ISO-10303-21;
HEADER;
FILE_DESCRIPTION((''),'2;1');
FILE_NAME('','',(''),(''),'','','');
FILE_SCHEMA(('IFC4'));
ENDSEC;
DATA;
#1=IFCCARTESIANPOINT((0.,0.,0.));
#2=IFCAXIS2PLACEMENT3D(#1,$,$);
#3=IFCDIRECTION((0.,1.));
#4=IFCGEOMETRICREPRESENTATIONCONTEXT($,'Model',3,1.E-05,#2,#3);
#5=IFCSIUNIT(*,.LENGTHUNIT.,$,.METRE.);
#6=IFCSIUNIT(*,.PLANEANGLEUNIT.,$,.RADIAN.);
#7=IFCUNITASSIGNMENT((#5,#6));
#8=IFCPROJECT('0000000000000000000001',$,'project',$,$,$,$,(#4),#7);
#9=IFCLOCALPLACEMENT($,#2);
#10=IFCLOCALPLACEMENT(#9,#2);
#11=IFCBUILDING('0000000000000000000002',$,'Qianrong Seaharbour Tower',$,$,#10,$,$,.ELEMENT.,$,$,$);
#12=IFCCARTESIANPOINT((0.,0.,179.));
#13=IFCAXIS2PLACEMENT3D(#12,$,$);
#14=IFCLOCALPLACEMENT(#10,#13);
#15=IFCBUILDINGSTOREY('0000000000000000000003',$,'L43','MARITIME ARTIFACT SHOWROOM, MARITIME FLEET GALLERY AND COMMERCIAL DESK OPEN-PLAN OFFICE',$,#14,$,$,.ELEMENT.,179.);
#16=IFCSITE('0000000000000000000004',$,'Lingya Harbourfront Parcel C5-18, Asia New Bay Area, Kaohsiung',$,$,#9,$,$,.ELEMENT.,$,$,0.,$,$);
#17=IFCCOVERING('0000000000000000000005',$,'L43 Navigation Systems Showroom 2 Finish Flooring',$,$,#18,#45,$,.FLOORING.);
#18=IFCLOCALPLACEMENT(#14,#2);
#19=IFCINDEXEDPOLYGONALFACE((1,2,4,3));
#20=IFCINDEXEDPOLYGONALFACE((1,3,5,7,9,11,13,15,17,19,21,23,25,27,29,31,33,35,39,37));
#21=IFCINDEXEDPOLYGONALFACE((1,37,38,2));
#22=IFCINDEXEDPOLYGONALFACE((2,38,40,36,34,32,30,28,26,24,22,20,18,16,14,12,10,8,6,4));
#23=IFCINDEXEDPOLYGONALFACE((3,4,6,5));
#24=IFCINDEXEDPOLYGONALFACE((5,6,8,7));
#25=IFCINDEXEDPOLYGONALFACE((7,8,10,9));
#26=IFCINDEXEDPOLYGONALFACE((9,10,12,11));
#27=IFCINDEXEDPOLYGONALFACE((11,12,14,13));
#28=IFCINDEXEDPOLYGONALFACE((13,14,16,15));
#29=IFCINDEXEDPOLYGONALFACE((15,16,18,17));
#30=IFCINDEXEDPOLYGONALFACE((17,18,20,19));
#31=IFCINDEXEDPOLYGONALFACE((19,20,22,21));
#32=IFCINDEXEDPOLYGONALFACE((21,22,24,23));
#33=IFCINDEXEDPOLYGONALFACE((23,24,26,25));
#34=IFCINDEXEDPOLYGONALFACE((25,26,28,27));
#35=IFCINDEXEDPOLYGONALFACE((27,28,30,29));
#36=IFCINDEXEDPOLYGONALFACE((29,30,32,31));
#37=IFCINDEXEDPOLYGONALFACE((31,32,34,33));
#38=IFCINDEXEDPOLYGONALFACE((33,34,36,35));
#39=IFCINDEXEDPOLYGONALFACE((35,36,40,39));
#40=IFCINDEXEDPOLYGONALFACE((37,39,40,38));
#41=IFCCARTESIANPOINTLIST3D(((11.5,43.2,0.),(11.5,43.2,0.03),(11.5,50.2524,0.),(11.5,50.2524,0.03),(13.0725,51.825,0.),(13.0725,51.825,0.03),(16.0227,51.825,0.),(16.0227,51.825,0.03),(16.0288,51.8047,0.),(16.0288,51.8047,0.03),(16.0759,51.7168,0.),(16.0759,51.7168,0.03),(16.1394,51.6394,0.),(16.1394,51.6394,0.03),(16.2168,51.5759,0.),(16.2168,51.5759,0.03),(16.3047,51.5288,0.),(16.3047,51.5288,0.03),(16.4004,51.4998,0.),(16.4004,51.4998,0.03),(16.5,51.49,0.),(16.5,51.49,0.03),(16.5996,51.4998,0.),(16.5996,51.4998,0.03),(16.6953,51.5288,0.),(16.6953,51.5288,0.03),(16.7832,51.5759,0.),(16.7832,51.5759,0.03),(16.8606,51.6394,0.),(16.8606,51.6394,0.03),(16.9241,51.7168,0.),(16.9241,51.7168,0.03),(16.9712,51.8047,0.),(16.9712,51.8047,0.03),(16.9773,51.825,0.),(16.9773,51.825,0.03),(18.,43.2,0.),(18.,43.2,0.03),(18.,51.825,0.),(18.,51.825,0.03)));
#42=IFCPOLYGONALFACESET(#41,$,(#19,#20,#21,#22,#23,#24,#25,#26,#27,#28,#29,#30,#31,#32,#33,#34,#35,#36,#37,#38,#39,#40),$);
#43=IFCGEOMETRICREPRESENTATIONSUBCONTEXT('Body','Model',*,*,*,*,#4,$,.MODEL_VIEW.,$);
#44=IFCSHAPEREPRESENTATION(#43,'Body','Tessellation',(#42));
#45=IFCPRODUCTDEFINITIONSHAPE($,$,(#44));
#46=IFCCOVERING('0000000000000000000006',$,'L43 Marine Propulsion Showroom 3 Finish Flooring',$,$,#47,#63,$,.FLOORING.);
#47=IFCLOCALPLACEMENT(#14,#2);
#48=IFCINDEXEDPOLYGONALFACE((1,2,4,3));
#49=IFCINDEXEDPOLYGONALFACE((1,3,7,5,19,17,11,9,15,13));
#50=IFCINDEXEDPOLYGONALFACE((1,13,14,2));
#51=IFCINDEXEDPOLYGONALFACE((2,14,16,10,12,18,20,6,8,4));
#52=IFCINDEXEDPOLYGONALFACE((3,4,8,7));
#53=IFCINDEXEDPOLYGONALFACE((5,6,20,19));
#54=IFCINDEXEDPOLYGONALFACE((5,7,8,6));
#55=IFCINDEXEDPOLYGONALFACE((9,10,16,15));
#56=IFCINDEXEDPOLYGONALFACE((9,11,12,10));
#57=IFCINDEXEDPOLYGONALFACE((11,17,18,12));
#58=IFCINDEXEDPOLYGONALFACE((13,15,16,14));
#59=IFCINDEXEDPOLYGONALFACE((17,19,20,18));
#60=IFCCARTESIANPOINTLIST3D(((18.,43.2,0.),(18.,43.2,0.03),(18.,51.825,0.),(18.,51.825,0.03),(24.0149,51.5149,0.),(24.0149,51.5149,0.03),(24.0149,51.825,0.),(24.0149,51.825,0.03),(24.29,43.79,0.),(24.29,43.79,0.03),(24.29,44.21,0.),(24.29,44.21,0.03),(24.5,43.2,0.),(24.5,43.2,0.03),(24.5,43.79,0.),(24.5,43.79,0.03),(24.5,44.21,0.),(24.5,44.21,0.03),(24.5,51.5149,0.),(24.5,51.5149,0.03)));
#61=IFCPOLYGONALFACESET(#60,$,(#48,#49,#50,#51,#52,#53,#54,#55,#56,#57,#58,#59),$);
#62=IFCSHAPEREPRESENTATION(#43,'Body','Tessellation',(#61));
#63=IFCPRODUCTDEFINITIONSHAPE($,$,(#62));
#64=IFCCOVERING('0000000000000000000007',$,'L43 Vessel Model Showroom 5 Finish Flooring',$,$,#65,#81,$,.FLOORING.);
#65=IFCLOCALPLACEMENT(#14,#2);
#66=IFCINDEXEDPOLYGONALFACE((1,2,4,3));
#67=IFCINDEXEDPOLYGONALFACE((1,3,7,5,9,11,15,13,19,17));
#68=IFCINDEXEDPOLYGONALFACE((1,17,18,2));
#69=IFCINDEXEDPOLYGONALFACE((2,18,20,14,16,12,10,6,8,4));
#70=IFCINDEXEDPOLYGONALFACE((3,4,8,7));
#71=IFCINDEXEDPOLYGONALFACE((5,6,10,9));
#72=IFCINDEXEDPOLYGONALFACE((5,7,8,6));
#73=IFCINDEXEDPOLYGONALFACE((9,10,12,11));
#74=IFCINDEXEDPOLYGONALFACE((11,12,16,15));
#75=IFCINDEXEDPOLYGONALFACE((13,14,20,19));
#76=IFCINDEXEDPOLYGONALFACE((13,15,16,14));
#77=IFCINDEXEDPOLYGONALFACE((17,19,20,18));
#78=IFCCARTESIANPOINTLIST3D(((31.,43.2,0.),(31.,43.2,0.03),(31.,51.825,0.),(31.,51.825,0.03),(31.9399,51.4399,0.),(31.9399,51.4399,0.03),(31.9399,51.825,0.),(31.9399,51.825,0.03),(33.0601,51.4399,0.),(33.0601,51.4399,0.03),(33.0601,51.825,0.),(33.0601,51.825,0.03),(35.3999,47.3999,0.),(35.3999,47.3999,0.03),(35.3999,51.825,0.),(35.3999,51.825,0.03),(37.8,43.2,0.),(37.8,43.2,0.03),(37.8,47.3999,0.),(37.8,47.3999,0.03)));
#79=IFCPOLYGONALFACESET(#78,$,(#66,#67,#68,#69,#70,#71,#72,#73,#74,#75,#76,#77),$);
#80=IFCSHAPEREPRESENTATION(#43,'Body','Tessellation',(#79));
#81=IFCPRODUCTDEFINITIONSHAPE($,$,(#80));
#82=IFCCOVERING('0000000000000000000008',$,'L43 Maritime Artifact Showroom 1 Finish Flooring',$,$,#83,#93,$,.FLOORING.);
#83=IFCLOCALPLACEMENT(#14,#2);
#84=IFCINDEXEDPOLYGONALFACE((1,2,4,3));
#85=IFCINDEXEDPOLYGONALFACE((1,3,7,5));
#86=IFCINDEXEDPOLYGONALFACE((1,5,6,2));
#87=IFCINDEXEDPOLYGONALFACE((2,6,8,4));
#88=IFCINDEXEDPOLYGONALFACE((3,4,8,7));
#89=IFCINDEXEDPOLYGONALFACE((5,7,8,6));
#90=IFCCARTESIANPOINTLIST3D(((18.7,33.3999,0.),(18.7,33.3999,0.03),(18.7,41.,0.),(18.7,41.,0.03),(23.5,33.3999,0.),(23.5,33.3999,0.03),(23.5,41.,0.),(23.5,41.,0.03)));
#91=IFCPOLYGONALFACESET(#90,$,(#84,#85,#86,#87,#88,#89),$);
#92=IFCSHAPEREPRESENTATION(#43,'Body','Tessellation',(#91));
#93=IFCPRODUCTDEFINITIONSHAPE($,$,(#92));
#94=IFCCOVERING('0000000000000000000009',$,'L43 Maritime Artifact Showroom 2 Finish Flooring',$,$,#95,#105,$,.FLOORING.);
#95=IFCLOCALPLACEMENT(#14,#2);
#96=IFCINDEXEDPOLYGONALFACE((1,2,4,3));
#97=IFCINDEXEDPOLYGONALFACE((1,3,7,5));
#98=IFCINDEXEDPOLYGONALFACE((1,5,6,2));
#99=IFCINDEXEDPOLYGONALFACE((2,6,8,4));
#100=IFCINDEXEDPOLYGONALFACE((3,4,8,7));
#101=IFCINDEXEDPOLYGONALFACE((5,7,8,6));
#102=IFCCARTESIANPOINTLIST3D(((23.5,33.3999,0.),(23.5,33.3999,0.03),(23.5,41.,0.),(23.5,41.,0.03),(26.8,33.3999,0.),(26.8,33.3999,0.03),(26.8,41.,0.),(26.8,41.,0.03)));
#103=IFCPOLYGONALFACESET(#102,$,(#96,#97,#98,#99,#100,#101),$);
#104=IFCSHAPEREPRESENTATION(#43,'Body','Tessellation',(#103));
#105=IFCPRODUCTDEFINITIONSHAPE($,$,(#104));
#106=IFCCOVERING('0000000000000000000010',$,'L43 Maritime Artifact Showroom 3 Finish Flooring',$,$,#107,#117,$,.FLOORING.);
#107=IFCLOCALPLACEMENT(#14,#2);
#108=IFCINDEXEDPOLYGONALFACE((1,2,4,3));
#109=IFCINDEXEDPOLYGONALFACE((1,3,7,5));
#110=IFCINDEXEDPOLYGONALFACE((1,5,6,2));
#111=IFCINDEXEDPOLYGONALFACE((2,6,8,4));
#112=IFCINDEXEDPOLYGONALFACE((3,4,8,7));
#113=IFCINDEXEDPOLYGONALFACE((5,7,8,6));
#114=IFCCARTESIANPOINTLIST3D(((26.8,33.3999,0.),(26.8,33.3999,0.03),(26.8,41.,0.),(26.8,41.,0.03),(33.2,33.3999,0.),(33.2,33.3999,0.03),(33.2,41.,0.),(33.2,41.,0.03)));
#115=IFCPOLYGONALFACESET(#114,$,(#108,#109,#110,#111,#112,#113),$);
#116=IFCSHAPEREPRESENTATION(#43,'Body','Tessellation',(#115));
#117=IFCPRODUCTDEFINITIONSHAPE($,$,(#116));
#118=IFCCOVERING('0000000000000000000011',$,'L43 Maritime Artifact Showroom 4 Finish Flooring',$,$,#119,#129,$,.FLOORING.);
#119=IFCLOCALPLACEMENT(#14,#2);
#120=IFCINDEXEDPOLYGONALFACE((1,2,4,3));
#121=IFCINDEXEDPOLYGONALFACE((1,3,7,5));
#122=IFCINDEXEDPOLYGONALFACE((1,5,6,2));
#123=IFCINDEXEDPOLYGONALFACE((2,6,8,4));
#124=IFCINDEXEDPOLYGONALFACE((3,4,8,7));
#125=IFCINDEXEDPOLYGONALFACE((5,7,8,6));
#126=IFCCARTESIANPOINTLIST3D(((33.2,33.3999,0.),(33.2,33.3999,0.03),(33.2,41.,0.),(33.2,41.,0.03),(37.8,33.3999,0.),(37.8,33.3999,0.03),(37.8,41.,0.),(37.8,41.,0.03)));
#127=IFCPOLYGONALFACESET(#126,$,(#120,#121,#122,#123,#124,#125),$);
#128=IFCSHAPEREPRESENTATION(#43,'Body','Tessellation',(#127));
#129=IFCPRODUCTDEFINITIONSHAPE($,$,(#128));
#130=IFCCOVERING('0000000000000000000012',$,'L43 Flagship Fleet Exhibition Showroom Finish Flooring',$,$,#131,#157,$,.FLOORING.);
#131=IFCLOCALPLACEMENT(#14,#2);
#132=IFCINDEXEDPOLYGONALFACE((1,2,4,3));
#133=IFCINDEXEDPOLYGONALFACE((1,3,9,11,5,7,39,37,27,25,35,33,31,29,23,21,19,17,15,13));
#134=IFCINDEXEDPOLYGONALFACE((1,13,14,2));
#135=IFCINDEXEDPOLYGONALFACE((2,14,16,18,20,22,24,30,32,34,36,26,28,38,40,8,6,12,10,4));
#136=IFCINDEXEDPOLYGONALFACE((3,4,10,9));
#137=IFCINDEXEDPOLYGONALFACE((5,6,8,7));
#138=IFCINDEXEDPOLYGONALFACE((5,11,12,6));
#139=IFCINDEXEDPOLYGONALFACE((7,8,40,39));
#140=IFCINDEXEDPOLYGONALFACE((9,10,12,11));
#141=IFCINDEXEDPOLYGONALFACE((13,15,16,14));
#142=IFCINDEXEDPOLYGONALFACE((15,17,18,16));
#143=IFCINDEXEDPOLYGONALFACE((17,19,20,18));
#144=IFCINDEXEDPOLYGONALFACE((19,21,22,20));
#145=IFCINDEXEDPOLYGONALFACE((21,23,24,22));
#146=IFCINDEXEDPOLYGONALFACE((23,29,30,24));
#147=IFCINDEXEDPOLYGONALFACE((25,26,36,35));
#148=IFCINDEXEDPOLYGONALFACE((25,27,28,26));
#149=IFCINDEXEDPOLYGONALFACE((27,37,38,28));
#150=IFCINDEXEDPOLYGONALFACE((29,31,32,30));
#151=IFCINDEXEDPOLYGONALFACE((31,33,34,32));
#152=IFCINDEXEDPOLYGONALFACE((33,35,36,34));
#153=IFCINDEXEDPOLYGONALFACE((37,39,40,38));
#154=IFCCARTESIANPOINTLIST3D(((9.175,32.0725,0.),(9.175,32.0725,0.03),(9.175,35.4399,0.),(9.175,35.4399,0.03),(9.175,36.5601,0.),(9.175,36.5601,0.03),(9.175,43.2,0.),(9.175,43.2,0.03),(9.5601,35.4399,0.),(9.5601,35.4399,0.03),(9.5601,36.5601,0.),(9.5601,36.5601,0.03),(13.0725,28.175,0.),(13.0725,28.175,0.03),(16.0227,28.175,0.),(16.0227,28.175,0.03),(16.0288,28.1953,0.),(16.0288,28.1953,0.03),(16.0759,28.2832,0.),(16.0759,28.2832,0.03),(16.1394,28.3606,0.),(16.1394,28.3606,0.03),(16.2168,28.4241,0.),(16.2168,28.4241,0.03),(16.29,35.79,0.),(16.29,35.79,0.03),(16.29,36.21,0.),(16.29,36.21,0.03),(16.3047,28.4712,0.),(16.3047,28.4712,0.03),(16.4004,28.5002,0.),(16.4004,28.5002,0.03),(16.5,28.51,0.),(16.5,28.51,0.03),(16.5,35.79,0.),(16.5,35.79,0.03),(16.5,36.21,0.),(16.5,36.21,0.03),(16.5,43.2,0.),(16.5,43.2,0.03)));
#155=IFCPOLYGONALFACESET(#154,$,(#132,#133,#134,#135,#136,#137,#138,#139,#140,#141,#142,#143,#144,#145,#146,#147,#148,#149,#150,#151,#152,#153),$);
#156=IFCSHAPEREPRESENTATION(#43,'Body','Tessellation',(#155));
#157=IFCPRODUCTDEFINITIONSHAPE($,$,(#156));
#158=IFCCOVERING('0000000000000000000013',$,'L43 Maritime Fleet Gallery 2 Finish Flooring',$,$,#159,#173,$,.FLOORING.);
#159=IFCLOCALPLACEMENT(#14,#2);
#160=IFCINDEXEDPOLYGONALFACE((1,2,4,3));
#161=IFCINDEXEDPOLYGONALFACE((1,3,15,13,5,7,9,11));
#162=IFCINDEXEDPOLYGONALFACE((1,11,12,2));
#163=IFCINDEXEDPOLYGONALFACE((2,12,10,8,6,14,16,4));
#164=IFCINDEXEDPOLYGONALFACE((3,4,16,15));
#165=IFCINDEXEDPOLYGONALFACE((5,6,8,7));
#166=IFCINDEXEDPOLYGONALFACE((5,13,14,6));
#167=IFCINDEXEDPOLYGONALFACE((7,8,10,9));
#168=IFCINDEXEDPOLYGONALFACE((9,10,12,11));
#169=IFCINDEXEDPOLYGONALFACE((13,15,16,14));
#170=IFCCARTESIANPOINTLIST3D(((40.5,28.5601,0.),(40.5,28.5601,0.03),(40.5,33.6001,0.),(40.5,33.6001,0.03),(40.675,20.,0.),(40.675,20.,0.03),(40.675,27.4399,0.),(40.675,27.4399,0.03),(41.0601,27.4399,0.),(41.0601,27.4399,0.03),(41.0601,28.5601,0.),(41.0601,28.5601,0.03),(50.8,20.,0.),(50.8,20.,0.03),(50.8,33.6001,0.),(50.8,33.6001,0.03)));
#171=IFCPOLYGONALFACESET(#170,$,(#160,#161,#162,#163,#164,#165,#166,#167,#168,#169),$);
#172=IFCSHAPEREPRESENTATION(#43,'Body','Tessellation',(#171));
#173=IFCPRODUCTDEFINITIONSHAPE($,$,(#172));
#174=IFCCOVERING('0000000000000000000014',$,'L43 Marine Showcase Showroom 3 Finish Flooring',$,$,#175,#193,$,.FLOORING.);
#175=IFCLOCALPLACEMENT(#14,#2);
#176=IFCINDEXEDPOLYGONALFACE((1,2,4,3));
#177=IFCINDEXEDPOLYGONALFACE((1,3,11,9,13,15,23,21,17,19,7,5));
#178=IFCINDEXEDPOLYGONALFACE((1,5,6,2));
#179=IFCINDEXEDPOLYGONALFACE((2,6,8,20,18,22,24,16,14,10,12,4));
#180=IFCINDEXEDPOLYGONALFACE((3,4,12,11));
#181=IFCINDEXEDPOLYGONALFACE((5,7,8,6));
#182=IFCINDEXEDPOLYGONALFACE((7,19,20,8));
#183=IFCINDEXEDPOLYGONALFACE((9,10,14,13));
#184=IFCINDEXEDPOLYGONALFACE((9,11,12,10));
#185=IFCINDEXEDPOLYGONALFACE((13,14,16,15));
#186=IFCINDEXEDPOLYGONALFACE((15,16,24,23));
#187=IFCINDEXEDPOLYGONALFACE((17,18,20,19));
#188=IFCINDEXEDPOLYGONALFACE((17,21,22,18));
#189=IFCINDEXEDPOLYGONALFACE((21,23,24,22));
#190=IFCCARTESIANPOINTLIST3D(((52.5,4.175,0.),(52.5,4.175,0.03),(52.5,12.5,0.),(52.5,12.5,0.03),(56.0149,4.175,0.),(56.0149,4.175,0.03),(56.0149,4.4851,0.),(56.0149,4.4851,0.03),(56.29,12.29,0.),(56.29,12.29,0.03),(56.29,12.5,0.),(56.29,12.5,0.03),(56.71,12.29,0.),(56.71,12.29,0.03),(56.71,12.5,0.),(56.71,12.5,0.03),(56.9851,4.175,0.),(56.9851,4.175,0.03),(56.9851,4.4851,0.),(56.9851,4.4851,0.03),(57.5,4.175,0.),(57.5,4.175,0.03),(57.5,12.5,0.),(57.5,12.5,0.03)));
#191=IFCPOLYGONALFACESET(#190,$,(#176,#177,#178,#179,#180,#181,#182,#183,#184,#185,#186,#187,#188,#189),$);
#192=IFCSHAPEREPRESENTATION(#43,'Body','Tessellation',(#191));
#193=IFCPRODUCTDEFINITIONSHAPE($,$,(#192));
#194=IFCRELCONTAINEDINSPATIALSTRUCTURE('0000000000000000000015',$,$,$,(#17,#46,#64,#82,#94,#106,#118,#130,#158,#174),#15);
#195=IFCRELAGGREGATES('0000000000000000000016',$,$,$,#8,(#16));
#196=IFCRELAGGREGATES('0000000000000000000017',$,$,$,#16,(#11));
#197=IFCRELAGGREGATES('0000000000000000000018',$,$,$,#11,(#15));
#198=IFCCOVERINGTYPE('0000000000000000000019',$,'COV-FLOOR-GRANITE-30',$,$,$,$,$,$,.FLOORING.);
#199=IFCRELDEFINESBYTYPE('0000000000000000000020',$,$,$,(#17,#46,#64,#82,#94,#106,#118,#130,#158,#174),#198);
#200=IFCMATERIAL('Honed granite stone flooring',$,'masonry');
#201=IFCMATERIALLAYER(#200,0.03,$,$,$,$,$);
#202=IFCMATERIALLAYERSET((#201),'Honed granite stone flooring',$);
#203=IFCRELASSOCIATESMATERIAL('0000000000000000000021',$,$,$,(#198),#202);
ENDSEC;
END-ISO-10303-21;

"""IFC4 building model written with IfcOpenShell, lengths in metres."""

from ifc_helpers import new_model, si_unit, direction, frame, origin, place, context, subcontext, project, spatial, polyline, outline, extrude, material, layer, layer_set, type_object, element, save


model = new_model("IFC4")

# Units and contexts
model_context = context("Model", 3, precision=1e-05, world=origin(), true_north=direction((0.0, 1.0)))
body_context = subcontext(model_context, "Body", "Model", "MODEL_VIEW")
ifc_project = project(units=[si_unit("LENGTHUNIT", "METRE"), si_unit("PLANEANGLEUNIT", "RADIAN")], contexts=[model_context])

# Site, building, storey
site_placement = place(None, origin())
site = spatial("IfcSite", under=ifc_project, at=site_placement, Name="Lingya Harbourfront Parcel C5-18, Asia New Bay Area, Kaohsiung", CompositionType="ELEMENT", RefElevation=0.0)
building_placement = place(site_placement, origin())
building = spatial("IfcBuilding", under=site, at=building_placement, Name="Qianrong Seaharbour Tower", CompositionType="ELEMENT")
storey_placement = place(building_placement, frame((0.0, 0.0, 179.0)))
storey = spatial("IfcBuildingStorey", under=building, at=storey_placement, Name="L43", Description="MARITIME ARTIFACT SHOWROOM, MARITIME FLEET GALLERY AND COMMERCIAL DESK OPEN-PLAN OFFICE", CompositionType="ELEMENT", Elevation=179.0)

# Coverings
ifc_material_1 = material(Name="Honed granite stone flooring", Category="masonry")
ifc_layer_1 = layer(ifc_material_1, 0.03)
ifc_layer_set_1 = layer_set([ifc_layer_1], Name="Honed granite stone flooring")
covering_type_1 = type_object("IfcCoveringType", Name="COV-FLOOR-GRANITE-30", PredefinedType="FLOORING", material=ifc_layer_set_1)
covering_1_placement = place(storey_placement, origin())
element("IfcCovering", 1, at=covering_1_placement, inside=storey, type_object=covering_type_1, Name="L43 Navigation Systems Showroom 2 Finish Flooring", PredefinedType="FLOORING", context=body_context, shape_type="SweptSolid", body=[
    extrude(outline(polyline([(11.5, 50.2524), (13.0725, 51.825), (16.0227, 51.825), (16.0288, 51.8047), (16.0759, 51.7168), (16.1394, 51.6394), (16.2168, 51.5759), (16.3047, 51.5288), (16.4004, 51.4998), (16.5, 51.49), (16.5996, 51.4998), (16.6953, 51.5288), (16.7832, 51.5759), (16.8606, 51.6394), (16.9241, 51.7168), (16.9712, 51.8047), (16.9773, 51.825), (18.0, 51.825), (18.0, 43.2), (11.5, 43.2), (11.5, 50.2524)])), origin(), (0.0, 0.0, 1.0), 0.03),
])
covering_2_placement = place(storey_placement, origin())
element("IfcCovering", 2, at=covering_2_placement, inside=storey, type_object=covering_type_1, Name="L43 Marine Propulsion Showroom 3 Finish Flooring", PredefinedType="FLOORING", context=body_context, shape_type="SweptSolid", body=[
    extrude(outline(polyline([(18.0, 51.825), (24.0149, 51.825), (24.0149, 51.5149), (24.5, 51.5149), (24.5, 44.21), (24.29, 44.21), (24.29, 43.79), (24.5, 43.79), (24.5, 43.2), (18.0, 43.2), (18.0, 51.825)])), origin(), (0.0, 0.0, 1.0), 0.03),
])
covering_3_placement = place(storey_placement, origin())
element("IfcCovering", 3, at=covering_3_placement, inside=storey, type_object=covering_type_1, Name="L43 Vessel Model Showroom 5 Finish Flooring", PredefinedType="FLOORING", context=body_context, shape_type="SweptSolid", body=[
    extrude(outline(polyline([(31.0, 51.825), (31.9399, 51.825), (31.9399, 51.4399), (33.0601, 51.4399), (33.0601, 51.825), (35.3999, 51.825), (35.3999, 47.3999), (37.8, 47.3999), (37.8, 43.2), (31.0, 43.2), (31.0, 51.825)])), origin(), (0.0, 0.0, 1.0), 0.03),
])
covering_4_placement = place(storey_placement, origin())
element("IfcCovering", 4, at=covering_4_placement, inside=storey, type_object=covering_type_1, Name="L43 Maritime Artifact Showroom 1 Finish Flooring", PredefinedType="FLOORING", context=body_context, shape_type="SweptSolid", body=[
    extrude(outline(polyline([(23.5, 41.0), (23.5, 33.3999), (18.7, 33.3999), (18.7, 41.0), (23.5, 41.0)])), origin(), (0.0, 0.0, 1.0), 0.03),
])
covering_5_placement = place(storey_placement, origin())
element("IfcCovering", 5, at=covering_5_placement, inside=storey, type_object=covering_type_1, Name="L43 Maritime Artifact Showroom 2 Finish Flooring", PredefinedType="FLOORING", context=body_context, shape_type="SweptSolid", body=[
    extrude(outline(polyline([(26.8, 41.0), (26.8, 33.3999), (23.5, 33.3999), (23.5, 41.0), (26.8, 41.0)])), origin(), (0.0, 0.0, 1.0), 0.03),
])
covering_6_placement = place(storey_placement, origin())
element("IfcCovering", 6, at=covering_6_placement, inside=storey, type_object=covering_type_1, Name="L43 Maritime Artifact Showroom 3 Finish Flooring", PredefinedType="FLOORING", context=body_context, shape_type="SweptSolid", body=[
    extrude(outline(polyline([(33.2, 41.0), (33.2, 33.3999), (26.8, 33.3999), (26.8, 41.0), (33.2, 41.0)])), origin(), (0.0, 0.0, 1.0), 0.03),
])
covering_7_placement = place(storey_placement, origin())
element("IfcCovering", 7, at=covering_7_placement, inside=storey, type_object=covering_type_1, Name="L43 Maritime Artifact Showroom 4 Finish Flooring", PredefinedType="FLOORING", context=body_context, shape_type="SweptSolid", body=[
    extrude(outline(polyline([(37.8, 41.0), (37.8, 33.3999), (33.2, 33.3999), (33.2, 41.0), (37.8, 41.0)])), origin(), (0.0, 0.0, 1.0), 0.03),
])
covering_8_placement = place(storey_placement, origin())
element("IfcCovering", 8, at=covering_8_placement, inside=storey, type_object=covering_type_1, Name="L43 Flagship Fleet Exhibition Showroom Finish Flooring", PredefinedType="FLOORING", context=body_context, shape_type="SweptSolid", body=[
    extrude(outline(polyline([(13.0725, 28.175), (9.175, 32.0725), (9.175, 35.4399), (9.5601, 35.4399), (9.5601, 36.5601), (9.175, 36.5601), (9.175, 43.2), (16.5, 43.2), (16.5, 36.21), (16.29, 36.21), (16.29, 35.79), (16.5, 35.79), (16.5, 28.51), (16.4004, 28.5002), (16.3047, 28.4712), (16.2168, 28.4241), (16.1394, 28.3606), (16.0759, 28.2832), (16.0288, 28.1953), (16.0227, 28.175), (13.0725, 28.175)])), origin(), (0.0, 0.0, 1.0), 0.03),
])
covering_9_placement = place(storey_placement, origin())
element("IfcCovering", 9, at=covering_9_placement, inside=storey, type_object=covering_type_1, Name="L43 Maritime Fleet Gallery 2 Finish Flooring", PredefinedType="FLOORING", context=body_context, shape_type="SweptSolid", body=[
    extrude(outline(polyline([(50.8, 20.0), (40.675, 20.0), (40.675, 27.4399), (41.0601, 27.4399), (41.0601, 28.5601), (40.5, 28.5601), (40.5, 33.6001), (50.8, 33.6001), (50.8, 20.0)])), origin(), (0.0, 0.0, 1.0), 0.03),
])
covering_10_placement = place(storey_placement, origin())
element("IfcCovering", 10, at=covering_10_placement, inside=storey, type_object=covering_type_1, Name="L43 Marine Showcase Showroom 3 Finish Flooring", PredefinedType="FLOORING", context=body_context, shape_type="SweptSolid", body=[
    extrude(outline(polyline([(57.5, 4.175), (56.9851, 4.175), (56.9851, 4.4851), (56.0149, 4.4851), (56.0149, 4.175), (52.5, 4.175), (52.5, 12.5), (56.29, 12.5), (56.29, 12.29), (56.71, 12.29), (56.71, 12.5), (57.5, 12.5), (57.5, 4.175)])), origin(), (0.0, 0.0, 1.0), 0.03),
])

save(model, "model.ifc")
